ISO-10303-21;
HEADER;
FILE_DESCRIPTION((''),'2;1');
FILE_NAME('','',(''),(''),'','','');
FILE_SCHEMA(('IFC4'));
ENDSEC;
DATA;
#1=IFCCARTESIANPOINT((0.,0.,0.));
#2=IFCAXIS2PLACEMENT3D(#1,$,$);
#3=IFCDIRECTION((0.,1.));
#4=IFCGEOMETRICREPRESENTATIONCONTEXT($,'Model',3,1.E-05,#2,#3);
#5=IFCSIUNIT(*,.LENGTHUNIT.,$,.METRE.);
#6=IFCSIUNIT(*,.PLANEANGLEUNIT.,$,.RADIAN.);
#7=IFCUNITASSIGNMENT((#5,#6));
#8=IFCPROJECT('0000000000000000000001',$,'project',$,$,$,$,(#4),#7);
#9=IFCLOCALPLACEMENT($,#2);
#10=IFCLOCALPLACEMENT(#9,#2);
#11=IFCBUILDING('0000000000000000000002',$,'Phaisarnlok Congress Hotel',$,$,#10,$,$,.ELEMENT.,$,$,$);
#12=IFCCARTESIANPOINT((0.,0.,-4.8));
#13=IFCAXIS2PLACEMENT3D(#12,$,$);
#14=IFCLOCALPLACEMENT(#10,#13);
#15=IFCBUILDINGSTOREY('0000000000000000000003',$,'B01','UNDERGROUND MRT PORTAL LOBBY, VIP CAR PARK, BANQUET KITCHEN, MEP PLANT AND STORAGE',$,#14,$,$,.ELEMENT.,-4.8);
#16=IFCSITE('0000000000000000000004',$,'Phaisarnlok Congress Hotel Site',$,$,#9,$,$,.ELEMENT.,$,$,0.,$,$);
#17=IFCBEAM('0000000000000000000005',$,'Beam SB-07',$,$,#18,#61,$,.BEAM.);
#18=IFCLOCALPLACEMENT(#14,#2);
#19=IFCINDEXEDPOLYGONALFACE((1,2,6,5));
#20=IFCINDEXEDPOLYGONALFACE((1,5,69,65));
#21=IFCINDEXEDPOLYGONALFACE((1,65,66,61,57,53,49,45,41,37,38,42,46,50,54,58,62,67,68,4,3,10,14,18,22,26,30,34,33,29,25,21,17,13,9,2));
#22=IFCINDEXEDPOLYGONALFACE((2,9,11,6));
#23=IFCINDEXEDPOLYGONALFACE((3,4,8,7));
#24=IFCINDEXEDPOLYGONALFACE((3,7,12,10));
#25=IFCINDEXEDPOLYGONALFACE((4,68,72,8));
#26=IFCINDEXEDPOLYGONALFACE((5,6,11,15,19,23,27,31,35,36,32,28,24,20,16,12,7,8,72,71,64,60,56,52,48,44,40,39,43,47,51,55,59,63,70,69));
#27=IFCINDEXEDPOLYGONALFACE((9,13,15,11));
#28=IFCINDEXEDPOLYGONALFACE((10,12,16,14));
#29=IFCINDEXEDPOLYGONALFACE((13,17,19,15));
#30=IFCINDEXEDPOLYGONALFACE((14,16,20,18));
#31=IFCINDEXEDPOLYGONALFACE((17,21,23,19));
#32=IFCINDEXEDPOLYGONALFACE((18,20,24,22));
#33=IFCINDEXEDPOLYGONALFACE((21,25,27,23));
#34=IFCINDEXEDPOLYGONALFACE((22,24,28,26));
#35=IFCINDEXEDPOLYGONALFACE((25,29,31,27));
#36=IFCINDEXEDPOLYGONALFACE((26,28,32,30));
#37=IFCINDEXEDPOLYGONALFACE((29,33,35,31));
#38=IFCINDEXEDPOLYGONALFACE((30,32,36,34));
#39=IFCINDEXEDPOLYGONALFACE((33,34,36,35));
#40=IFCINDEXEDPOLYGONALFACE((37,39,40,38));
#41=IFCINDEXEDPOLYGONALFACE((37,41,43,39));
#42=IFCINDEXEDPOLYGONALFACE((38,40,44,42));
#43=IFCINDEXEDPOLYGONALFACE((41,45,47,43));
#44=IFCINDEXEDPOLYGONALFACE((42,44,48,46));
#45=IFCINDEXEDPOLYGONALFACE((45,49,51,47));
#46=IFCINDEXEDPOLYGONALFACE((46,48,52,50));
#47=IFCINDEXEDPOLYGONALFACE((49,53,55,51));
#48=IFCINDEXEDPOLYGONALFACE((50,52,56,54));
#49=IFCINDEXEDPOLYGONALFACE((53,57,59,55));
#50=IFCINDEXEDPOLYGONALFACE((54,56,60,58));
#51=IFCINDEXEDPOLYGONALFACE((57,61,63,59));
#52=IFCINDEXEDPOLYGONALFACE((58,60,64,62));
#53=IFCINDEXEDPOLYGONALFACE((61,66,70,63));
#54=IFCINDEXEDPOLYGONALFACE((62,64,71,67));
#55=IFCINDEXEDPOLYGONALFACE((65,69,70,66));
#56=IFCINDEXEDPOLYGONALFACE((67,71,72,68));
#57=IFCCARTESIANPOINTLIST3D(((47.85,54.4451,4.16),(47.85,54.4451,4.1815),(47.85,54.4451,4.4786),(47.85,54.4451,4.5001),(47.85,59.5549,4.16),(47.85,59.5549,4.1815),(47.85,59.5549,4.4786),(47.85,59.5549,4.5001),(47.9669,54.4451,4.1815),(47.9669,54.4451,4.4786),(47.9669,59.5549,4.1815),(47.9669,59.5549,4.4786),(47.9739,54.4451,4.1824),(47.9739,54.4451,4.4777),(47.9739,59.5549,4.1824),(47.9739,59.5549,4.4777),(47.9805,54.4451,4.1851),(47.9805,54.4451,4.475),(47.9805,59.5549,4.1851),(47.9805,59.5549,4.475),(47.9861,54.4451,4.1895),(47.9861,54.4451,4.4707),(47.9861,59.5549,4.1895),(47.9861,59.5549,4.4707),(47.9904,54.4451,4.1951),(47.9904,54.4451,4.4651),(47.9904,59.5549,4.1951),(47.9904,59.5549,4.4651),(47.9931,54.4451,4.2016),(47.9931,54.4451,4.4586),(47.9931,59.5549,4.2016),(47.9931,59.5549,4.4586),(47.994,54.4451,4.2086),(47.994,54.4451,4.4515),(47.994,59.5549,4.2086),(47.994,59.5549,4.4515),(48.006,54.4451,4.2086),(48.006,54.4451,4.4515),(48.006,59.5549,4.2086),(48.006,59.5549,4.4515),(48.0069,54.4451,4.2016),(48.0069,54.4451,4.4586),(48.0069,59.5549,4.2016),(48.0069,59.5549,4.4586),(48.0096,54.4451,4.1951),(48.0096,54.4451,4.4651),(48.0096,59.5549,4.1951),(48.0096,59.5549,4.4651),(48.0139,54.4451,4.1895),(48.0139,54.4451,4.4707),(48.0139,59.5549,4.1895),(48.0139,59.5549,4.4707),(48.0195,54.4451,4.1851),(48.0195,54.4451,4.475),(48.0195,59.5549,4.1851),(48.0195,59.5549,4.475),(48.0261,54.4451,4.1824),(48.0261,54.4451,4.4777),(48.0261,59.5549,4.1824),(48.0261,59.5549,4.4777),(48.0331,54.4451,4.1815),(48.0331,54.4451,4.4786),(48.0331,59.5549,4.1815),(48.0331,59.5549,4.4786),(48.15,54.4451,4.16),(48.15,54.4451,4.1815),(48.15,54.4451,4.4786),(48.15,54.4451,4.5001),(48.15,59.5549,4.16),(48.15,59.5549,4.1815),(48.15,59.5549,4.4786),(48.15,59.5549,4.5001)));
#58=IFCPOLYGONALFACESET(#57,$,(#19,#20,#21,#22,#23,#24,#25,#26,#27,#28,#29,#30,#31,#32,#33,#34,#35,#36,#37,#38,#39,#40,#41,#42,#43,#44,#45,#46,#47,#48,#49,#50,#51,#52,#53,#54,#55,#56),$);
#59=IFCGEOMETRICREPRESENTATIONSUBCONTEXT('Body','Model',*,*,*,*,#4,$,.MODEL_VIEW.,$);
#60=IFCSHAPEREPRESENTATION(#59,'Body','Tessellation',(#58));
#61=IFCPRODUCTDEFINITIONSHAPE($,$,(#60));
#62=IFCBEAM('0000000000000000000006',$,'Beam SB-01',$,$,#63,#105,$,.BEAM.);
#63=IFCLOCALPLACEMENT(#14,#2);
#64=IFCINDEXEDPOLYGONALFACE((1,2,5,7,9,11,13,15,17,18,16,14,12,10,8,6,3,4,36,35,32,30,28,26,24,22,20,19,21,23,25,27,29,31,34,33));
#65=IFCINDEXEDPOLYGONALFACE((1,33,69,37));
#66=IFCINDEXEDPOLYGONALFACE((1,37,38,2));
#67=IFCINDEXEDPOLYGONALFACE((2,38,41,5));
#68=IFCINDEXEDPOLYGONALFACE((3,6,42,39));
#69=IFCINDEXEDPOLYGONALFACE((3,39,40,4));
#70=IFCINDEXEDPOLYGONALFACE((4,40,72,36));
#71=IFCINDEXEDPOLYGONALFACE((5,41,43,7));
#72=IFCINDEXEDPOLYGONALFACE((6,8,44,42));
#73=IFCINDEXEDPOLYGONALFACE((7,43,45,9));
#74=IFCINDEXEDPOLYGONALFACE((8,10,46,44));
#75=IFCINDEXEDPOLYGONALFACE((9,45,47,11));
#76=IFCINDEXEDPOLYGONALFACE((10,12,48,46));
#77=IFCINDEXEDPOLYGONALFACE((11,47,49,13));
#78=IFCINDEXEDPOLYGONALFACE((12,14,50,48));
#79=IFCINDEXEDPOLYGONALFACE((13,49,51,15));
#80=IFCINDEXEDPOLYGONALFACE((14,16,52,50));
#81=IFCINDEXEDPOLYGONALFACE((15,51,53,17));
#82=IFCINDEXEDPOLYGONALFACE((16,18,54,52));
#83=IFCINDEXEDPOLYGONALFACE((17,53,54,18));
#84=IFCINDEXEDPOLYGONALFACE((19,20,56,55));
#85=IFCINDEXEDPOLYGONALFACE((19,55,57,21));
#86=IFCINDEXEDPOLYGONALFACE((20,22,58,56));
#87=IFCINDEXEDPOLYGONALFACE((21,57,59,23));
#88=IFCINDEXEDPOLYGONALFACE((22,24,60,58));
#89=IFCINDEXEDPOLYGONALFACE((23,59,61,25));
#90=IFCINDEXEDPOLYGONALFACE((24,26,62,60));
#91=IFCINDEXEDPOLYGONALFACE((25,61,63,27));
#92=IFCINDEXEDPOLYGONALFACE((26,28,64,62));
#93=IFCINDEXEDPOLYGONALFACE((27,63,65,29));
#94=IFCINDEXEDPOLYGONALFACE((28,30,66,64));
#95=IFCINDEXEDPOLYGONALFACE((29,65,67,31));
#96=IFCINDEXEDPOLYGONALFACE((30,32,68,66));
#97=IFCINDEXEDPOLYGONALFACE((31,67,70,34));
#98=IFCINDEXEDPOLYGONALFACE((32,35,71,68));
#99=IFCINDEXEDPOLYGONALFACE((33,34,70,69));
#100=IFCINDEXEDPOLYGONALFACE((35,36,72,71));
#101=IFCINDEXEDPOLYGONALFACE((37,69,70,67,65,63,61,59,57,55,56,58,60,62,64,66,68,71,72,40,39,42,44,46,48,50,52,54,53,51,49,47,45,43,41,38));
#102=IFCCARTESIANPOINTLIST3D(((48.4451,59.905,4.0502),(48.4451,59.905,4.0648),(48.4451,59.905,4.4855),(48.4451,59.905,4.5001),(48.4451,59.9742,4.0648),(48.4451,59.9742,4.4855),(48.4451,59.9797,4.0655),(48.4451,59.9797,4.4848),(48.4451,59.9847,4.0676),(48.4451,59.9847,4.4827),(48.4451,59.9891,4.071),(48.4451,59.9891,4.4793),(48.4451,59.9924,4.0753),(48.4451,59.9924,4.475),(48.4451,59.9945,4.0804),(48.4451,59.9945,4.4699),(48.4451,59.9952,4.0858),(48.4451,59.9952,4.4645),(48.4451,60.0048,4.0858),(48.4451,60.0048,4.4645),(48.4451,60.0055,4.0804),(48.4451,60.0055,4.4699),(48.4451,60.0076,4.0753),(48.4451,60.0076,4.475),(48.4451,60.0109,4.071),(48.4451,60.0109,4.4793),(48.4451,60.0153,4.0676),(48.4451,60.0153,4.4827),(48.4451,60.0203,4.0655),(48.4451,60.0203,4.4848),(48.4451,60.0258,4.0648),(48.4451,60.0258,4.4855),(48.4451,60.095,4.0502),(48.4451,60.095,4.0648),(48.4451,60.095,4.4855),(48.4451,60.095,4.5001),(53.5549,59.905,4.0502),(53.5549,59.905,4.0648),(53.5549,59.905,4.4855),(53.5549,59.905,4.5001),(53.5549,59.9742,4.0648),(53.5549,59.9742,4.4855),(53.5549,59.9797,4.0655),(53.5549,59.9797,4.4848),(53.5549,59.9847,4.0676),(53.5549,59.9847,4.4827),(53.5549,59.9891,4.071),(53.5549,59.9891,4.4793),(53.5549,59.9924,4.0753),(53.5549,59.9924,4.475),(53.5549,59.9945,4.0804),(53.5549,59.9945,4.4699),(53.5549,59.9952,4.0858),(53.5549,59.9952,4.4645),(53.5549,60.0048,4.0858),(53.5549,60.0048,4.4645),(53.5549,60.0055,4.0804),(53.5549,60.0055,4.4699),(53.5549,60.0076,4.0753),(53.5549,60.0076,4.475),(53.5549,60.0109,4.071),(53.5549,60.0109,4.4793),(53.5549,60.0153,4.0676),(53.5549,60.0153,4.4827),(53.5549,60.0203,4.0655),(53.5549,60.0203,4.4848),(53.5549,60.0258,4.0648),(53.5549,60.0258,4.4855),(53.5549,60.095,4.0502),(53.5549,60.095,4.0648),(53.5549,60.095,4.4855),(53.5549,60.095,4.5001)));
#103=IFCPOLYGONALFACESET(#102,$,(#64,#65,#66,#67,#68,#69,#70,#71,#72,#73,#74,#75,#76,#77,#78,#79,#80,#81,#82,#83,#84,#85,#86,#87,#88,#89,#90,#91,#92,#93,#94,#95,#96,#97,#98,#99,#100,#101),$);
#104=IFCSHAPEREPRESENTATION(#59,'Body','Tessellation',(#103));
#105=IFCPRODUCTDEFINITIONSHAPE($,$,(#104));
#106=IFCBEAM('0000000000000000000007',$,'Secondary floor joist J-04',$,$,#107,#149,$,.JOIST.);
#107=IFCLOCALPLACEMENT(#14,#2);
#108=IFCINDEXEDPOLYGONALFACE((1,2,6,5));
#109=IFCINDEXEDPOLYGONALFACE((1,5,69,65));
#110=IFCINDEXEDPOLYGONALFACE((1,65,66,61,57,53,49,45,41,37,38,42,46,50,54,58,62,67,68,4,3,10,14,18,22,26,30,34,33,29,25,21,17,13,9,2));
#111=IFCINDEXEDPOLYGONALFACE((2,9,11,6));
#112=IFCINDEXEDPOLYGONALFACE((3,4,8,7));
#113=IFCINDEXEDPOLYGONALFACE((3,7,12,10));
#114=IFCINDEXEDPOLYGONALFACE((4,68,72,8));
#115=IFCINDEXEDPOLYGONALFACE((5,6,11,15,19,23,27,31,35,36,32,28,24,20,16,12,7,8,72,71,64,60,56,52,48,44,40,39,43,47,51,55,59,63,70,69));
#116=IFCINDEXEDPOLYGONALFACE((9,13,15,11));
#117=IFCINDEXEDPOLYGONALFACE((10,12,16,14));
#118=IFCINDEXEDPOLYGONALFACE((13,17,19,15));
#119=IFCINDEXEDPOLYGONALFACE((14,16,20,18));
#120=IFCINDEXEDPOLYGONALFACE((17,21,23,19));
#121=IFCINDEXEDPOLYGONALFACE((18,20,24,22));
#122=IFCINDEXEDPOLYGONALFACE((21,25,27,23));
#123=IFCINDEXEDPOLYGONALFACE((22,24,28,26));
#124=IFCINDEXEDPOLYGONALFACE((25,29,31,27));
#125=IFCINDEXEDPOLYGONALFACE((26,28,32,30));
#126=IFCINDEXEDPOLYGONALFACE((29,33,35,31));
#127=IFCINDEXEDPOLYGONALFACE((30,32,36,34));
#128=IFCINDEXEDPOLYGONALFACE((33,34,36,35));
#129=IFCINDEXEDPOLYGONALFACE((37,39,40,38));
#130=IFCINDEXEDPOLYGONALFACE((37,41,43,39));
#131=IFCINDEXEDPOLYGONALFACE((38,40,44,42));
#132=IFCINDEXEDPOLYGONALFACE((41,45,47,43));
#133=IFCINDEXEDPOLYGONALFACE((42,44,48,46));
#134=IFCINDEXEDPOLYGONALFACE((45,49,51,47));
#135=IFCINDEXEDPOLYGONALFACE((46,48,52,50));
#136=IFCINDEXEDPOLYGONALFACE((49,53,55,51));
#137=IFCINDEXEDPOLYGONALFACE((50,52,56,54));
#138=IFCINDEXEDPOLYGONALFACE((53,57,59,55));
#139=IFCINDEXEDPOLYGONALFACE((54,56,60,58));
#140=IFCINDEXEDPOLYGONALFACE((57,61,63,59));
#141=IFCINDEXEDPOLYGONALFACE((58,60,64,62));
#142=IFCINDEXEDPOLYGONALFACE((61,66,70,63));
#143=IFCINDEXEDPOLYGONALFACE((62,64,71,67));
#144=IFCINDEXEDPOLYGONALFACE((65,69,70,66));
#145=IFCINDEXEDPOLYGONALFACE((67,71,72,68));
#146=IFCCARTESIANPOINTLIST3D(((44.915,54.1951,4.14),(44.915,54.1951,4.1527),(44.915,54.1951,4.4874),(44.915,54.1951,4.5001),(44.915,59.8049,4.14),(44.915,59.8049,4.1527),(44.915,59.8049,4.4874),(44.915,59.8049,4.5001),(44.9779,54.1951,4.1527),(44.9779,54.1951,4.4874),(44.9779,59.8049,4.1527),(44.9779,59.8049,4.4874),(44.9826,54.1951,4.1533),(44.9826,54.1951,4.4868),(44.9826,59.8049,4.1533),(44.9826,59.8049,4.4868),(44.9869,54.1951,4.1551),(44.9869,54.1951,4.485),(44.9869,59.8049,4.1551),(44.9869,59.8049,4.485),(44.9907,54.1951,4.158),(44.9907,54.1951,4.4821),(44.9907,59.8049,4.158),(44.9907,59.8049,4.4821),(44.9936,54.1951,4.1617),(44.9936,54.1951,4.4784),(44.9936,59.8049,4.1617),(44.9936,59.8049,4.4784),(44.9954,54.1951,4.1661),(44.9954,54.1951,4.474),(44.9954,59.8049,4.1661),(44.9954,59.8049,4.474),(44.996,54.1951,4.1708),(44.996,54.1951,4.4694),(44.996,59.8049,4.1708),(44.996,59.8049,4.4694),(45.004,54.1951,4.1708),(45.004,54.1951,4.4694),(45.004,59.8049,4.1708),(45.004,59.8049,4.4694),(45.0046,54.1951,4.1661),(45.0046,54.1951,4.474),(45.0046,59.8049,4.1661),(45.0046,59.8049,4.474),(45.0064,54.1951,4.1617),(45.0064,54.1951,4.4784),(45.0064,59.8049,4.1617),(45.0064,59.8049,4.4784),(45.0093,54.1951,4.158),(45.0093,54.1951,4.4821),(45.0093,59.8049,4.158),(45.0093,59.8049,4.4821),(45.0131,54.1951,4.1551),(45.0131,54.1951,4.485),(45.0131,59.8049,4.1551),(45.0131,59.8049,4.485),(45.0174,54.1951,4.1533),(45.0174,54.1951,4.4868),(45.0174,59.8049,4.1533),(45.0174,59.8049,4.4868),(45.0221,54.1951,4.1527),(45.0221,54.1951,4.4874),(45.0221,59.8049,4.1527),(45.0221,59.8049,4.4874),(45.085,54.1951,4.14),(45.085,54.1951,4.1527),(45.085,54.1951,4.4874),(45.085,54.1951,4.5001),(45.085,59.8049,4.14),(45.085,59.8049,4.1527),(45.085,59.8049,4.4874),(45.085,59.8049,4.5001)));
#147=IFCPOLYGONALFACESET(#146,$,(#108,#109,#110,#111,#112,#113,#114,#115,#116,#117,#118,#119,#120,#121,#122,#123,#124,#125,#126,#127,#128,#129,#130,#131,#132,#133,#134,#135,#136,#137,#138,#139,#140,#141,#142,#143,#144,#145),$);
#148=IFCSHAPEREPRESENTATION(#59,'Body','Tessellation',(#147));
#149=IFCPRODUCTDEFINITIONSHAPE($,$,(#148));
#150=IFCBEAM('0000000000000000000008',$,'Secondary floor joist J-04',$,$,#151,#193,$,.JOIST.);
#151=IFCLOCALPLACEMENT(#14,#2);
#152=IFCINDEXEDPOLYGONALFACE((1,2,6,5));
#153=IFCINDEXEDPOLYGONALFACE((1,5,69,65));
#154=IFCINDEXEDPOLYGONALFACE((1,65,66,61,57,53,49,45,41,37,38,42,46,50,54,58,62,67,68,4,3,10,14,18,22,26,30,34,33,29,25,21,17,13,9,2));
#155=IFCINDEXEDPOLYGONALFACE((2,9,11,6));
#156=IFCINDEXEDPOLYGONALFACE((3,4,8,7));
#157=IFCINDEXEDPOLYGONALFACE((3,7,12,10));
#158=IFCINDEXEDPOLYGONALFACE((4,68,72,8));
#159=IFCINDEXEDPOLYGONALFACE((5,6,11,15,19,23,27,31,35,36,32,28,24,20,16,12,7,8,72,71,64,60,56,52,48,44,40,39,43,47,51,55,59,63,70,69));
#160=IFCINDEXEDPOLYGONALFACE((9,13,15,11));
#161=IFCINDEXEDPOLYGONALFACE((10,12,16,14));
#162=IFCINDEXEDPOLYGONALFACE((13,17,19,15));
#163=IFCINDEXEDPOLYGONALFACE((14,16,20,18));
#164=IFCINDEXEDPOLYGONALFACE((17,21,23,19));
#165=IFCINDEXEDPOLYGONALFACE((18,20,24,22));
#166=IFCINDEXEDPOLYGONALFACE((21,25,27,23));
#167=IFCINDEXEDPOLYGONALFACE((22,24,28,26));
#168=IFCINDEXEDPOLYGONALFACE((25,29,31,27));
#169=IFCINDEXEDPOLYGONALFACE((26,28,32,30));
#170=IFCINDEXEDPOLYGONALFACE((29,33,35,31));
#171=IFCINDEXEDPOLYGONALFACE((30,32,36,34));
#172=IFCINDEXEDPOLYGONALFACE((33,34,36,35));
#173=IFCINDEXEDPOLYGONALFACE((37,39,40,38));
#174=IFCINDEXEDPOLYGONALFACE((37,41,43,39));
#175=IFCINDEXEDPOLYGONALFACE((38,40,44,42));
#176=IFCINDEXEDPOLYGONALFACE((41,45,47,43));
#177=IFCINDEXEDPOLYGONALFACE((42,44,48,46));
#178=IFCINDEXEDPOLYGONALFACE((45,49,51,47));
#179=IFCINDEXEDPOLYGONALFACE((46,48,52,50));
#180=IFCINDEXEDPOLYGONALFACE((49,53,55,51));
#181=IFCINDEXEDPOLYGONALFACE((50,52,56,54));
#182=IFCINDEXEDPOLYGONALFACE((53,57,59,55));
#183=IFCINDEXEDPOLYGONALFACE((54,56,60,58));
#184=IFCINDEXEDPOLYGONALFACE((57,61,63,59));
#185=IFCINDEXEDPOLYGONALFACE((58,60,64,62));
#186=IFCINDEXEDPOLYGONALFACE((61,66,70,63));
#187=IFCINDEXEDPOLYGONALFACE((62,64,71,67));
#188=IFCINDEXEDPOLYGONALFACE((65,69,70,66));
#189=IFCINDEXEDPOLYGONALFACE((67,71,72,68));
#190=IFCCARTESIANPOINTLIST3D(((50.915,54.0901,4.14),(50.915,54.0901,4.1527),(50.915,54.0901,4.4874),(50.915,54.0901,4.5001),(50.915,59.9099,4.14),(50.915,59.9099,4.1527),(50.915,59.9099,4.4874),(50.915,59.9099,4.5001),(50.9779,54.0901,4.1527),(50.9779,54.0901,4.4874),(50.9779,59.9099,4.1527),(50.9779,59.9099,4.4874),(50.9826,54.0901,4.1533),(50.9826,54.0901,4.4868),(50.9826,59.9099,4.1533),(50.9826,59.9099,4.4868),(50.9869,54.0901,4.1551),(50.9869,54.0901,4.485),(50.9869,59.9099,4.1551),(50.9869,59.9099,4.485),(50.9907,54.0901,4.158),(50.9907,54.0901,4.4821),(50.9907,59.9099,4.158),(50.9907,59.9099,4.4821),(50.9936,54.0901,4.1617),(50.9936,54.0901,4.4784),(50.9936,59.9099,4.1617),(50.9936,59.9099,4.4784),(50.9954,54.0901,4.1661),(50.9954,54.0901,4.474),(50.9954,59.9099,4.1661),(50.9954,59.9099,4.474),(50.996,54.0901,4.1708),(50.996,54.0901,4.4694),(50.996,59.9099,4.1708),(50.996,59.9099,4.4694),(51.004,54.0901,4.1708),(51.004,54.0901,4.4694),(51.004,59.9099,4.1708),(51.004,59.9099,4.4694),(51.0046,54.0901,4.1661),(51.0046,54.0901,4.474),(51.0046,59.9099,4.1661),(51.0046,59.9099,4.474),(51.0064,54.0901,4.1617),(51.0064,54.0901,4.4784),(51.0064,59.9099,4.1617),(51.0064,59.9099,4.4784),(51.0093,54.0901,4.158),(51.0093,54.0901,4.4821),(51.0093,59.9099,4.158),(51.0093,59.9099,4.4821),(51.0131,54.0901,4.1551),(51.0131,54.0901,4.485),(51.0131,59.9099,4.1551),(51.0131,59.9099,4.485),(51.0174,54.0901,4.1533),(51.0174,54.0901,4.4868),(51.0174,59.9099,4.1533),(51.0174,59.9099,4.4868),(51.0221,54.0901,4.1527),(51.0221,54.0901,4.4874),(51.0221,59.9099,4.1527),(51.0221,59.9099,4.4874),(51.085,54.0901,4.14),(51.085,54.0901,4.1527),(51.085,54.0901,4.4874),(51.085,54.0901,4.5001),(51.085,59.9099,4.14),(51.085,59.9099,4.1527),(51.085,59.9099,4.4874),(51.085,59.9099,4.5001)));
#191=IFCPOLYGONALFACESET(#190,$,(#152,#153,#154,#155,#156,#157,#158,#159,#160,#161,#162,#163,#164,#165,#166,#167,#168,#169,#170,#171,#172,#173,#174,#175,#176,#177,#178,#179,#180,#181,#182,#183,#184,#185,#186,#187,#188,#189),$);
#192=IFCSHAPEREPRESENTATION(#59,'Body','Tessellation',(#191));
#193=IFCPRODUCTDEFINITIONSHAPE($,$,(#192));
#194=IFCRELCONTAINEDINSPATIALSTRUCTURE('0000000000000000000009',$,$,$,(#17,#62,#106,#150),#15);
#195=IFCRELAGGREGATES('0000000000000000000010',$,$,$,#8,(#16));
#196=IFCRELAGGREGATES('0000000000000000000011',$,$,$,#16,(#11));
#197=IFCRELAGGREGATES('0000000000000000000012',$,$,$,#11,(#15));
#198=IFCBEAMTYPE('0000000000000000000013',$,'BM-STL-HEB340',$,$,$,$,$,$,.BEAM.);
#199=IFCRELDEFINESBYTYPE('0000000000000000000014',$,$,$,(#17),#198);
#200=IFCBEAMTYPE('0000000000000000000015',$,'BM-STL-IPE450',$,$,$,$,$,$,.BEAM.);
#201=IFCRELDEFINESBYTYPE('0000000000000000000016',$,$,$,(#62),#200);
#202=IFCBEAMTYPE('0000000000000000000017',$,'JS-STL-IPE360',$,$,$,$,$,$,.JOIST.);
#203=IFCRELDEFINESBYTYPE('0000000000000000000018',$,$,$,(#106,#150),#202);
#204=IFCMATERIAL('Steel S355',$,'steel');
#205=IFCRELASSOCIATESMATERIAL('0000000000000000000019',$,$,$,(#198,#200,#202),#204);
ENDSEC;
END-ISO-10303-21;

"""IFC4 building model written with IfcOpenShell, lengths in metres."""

from ifc_helpers import new_model, si_unit, direction, frame, origin, origin_2d, place, context, subcontext, project, spatial, i_section, extrude, material, material_profile, profile_set, type_object, element, save


model = new_model("IFC4")

# Units and contexts
model_context = context("Model", 3, precision=1e-05, world=origin(), true_north=direction((0.0, 1.0)))
body_context = subcontext(model_context, "Body", "Model", "MODEL_VIEW")
ifc_project = project(units=[si_unit("LENGTHUNIT", "METRE"), si_unit("PLANEANGLEUNIT", "RADIAN")], contexts=[model_context])

# Site, building, storey
site_placement = place(None, origin())
site = spatial("IfcSite", under=ifc_project, at=site_placement, Name="Phaisarnlok Congress Hotel Site", CompositionType="ELEMENT", RefElevation=0.0)
building_placement = place(site_placement, origin())
building = spatial("IfcBuilding", under=site, at=building_placement, Name="Phaisarnlok Congress Hotel", CompositionType="ELEMENT")
storey_placement = place(building_placement, frame((0.0, 0.0, -4.8)))
storey = spatial("IfcBuildingStorey", under=building, at=storey_placement, Name="B01", Description="UNDERGROUND MRT PORTAL LOBBY, VIP CAR PARK, BANQUET KITCHEN, MEP PLANT AND STORAGE", CompositionType="ELEMENT", Elevation=-4.8)

# Beams
ifc_material_1 = material(Name="Steel S355", Category="steel")
ifc_material_profile_1 = material_profile(ifc_material_1, i_section(OverallWidth=0.3, OverallDepth=0.3401, WebThickness=0.012, FlangeThickness=0.0215, FilletRadius=0.0271, at=origin_2d()), Name="HEB 340")
ifc_profile_set_1 = profile_set([ifc_material_profile_1], Name="Steel S355")
beam_type_1 = type_object("IfcBeamType", Name="BM-STL-HEB340", PredefinedType="BEAM", material=ifc_profile_set_1)
for number, where, z_axis, x_axis, name in (
    (1, (48.0, 54.4451, 4.3301), (0.0, 1.0, 0.0), (-1.0, 0.0, 0.0), "Beam SB-07"),
):
    element("IfcBeam", number, at=place(storey_placement, frame(where, z_axis=z_axis, x_axis=x_axis)), inside=storey, type_object=beam_type_1, Name=name, PredefinedType="BEAM", context=body_context, shape_type="SweptSolid", body=[
        extrude(i_section(OverallWidth=0.3, OverallDepth=0.3401, WebThickness=0.012, FlangeThickness=0.0215, FilletRadius=0.0271, at=origin_2d()), origin(), (0.0, 0.0, 1.0), 5.1099),
    ])
ifc_material_profile_2 = material_profile(ifc_material_1, i_section(OverallWidth=0.1899, OverallDepth=0.45, WebThickness=0.0095, FlangeThickness=0.0146, FilletRadius=0.021, at=origin_2d()), Name="IPE 450")
ifc_profile_set_2 = profile_set([ifc_material_profile_2], Name="Steel S355")
beam_type_2 = type_object("IfcBeamType", Name="BM-STL-IPE450", PredefinedType="BEAM", material=ifc_profile_set_2)
beam_1_placement = place(storey_placement, frame((48.4451, 60.0, 4.2751), z_axis=(1.0, 0.0, 0.0), x_axis=(0.0, 1.0, 0.0)))
element("IfcBeam", 2, at=beam_1_placement, inside=storey, type_object=beam_type_2, Name="Beam SB-01", PredefinedType="BEAM", context=body_context, shape_type="SweptSolid", body=[
    extrude(i_section(OverallWidth=0.1899, OverallDepth=0.45, WebThickness=0.0095, FlangeThickness=0.0146, FilletRadius=0.021, at=origin_2d()), origin(), (0.0, 0.0, 1.0), 5.1099),
])
ifc_material_profile_3 = material_profile(ifc_material_1, i_section(OverallWidth=0.1699, OverallDepth=0.3601, WebThickness=0.0081, FlangeThickness=0.0127, FilletRadius=0.0181, at=origin_2d()), Name="IPE 360")
ifc_profile_set_3 = profile_set([ifc_material_profile_3], Name="Steel S355")
beam_type_3 = type_object("IfcBeamType", Name="JS-STL-IPE360", PredefinedType="JOIST", material=ifc_profile_set_3)
beam_2_placement = place(storey_placement, frame((45.0, 54.1951, 4.3201), z_axis=(0.0, 1.0, 0.0), x_axis=(-1.0, 0.0, 0.0)))
element("IfcBeam", 3, at=beam_2_placement, inside=storey, type_object=beam_type_3, Name="Secondary floor joist J-04", PredefinedType="JOIST", context=body_context, shape_type="SweptSolid", body=[
    extrude(i_section(OverallWidth=0.1699, OverallDepth=0.3601, WebThickness=0.0081, FlangeThickness=0.0127, FilletRadius=0.0181, at=origin_2d()), origin(), (0.0, 0.0, 1.0), 5.6099),
])
beam_3_placement = place(storey_placement, frame((51.0, 54.0901, 4.3201), z_axis=(0.0, 1.0, 0.0), x_axis=(-1.0, 0.0, 0.0)))
element("IfcBeam", 4, at=beam_3_placement, inside=storey, type_object=beam_type_3, Name="Secondary floor joist J-04", PredefinedType="JOIST", context=body_context, shape_type="SweptSolid", body=[
    extrude(i_section(OverallWidth=0.1699, OverallDepth=0.3601, WebThickness=0.0081, FlangeThickness=0.0127, FilletRadius=0.0181, at=origin_2d()), origin(), (0.0, 0.0, 1.0), 5.8198),
])

save(model, "model.ifc")
